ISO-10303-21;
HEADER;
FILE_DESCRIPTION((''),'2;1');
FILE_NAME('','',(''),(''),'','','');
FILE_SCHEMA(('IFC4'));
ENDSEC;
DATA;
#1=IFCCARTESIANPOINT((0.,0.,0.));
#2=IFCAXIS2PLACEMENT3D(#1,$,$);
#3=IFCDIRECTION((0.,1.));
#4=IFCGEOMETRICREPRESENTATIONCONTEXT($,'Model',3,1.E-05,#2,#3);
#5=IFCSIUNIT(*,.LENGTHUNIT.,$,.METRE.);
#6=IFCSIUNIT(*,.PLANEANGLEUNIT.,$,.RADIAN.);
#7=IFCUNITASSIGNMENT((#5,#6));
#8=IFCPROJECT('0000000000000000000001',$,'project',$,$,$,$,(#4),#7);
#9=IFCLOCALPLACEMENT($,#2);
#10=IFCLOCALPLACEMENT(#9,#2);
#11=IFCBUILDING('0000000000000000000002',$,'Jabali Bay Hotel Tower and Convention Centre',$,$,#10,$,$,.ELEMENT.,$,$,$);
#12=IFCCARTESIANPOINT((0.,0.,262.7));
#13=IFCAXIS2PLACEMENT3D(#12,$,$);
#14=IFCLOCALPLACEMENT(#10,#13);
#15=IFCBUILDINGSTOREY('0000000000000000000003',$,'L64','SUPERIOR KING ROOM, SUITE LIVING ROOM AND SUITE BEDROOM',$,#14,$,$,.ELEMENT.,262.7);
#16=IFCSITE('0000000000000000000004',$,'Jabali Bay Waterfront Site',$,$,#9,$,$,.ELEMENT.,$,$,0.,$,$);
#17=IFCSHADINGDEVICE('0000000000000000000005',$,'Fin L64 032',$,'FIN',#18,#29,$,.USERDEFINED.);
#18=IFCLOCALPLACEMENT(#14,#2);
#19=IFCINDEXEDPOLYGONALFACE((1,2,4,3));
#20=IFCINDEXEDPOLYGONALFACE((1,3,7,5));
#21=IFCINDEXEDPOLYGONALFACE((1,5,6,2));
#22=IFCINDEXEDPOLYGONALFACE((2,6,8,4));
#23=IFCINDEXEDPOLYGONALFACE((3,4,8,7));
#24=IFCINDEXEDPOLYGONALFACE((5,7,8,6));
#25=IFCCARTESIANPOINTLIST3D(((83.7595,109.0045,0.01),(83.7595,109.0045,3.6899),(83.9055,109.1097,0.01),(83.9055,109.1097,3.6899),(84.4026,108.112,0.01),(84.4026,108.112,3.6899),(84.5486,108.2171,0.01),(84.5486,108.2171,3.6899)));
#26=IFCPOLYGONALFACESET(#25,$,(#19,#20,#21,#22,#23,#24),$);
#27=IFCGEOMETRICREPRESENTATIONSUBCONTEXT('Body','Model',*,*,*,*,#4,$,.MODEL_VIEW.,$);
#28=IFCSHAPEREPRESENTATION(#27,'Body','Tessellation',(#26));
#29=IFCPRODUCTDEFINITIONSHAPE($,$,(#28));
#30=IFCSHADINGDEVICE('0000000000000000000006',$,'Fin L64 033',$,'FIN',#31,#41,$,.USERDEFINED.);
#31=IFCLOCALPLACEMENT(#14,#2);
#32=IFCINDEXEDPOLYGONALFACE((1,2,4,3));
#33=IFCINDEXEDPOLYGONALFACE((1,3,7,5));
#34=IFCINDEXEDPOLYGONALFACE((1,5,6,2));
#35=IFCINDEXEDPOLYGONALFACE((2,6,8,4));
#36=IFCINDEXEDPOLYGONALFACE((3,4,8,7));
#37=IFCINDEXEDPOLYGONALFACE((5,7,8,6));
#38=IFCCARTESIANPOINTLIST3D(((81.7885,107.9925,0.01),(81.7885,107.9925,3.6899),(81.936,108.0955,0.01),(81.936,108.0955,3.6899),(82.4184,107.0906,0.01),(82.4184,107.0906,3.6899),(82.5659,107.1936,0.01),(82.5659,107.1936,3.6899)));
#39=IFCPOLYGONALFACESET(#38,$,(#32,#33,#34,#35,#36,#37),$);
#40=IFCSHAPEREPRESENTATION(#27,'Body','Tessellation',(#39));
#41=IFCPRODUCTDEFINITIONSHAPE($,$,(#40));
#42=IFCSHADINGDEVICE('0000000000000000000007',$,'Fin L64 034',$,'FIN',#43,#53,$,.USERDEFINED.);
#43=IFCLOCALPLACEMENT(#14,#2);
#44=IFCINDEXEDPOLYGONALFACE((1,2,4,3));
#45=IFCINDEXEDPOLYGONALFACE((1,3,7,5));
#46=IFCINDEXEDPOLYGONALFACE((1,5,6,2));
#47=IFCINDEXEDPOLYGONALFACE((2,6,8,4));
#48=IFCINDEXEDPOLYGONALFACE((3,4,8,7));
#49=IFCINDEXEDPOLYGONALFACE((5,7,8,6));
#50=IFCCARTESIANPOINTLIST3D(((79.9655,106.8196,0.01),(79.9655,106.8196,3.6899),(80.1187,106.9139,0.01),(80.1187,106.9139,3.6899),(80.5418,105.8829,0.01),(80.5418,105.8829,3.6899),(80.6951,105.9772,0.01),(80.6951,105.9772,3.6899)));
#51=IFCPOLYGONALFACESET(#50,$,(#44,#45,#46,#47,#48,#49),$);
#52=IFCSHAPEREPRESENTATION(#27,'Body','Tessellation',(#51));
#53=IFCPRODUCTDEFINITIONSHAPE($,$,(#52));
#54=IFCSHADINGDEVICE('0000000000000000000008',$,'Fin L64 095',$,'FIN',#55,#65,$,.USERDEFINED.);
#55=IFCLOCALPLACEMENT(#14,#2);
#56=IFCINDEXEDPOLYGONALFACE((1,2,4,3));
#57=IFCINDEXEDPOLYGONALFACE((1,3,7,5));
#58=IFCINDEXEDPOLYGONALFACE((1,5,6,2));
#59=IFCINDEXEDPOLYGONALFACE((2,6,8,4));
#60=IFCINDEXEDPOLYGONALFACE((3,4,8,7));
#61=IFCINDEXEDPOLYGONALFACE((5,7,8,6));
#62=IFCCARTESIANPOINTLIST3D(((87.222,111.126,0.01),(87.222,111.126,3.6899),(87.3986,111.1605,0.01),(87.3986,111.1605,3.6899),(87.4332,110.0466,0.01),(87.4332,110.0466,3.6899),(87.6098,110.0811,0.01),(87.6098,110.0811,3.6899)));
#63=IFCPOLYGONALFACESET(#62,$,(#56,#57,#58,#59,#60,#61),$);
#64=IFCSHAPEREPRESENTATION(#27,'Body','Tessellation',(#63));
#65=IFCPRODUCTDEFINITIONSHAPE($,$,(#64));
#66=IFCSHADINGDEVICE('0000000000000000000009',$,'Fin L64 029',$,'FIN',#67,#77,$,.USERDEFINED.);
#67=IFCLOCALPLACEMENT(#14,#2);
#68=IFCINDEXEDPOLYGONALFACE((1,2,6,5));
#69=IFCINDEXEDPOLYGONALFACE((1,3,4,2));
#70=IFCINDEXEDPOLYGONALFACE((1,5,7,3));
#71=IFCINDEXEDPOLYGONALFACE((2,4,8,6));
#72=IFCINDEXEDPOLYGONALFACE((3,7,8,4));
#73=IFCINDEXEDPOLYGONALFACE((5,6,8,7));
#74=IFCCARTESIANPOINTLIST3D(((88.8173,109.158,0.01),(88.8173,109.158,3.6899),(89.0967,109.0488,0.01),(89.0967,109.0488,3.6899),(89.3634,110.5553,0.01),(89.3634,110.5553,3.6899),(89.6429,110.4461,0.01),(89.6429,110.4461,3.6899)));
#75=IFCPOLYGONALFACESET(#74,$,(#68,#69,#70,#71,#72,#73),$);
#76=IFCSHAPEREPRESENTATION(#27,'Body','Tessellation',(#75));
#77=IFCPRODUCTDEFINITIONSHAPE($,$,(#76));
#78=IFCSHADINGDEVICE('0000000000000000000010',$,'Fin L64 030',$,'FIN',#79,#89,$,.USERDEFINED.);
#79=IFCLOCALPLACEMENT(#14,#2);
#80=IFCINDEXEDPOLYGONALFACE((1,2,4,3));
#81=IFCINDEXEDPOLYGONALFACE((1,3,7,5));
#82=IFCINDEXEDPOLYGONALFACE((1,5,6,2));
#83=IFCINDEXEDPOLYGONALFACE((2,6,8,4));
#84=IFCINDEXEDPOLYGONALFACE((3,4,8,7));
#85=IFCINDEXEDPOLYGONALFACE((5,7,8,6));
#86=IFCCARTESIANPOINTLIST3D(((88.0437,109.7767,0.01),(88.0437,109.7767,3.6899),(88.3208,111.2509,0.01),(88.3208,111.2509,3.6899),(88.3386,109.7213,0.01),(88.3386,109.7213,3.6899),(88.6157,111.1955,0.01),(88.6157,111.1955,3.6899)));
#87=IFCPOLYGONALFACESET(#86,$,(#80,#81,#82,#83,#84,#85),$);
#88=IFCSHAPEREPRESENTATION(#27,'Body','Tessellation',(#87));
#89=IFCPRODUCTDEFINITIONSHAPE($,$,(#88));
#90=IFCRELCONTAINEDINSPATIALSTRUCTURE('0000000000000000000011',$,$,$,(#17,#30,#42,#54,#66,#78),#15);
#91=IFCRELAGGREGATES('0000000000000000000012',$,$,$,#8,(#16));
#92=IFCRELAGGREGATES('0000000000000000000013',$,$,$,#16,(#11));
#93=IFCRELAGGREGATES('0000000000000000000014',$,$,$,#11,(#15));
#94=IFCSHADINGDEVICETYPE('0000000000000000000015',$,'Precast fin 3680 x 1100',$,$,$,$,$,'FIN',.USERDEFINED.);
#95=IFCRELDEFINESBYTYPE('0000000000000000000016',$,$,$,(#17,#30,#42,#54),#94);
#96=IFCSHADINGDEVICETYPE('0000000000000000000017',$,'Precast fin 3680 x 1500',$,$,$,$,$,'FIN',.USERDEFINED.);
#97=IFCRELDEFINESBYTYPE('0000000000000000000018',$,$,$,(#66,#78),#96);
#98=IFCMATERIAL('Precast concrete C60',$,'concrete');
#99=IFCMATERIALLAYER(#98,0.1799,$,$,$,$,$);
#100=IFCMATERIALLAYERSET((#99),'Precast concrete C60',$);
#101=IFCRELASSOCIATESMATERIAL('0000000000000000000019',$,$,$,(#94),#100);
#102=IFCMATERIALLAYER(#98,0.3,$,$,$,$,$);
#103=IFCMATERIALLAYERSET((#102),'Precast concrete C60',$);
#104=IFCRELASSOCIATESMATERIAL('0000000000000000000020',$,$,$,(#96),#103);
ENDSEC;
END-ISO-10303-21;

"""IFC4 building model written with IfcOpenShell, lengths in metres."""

from ifc_helpers import new_model, si_unit, direction, frame, frame_2d, origin, place, context, subcontext, project, spatial, rectangle, extrude, material, layer, layer_set, type_object, element, save


model = new_model("IFC4")

# Units and contexts
model_context = context("Model", 3, precision=1e-05, world=origin(), true_north=direction((0.0, 1.0)))
body_context = subcontext(model_context, "Body", "Model", "MODEL_VIEW")
ifc_project = project(units=[si_unit("LENGTHUNIT", "METRE"), si_unit("PLANEANGLEUNIT", "RADIAN")], contexts=[model_context])

# Site, building, storey
site_placement = place(None, origin())
site = spatial("IfcSite", under=ifc_project, at=site_placement, Name="Jabali Bay Waterfront Site", CompositionType="ELEMENT", RefElevation=0.0)
building_placement = place(site_placement, origin())
building = spatial("IfcBuilding", under=site, at=building_placement, Name="Jabali Bay Hotel Tower and Convention Centre", CompositionType="ELEMENT")
storey_placement = place(building_placement, frame((0.0, 0.0, 262.7)))
storey = spatial("IfcBuildingStorey", under=building, at=storey_placement, Name="L64", Description="SUPERIOR KING ROOM, SUITE LIVING ROOM AND SUITE BEDROOM", CompositionType="ELEMENT", Elevation=262.7)

# Shading devices
ifc_material_1 = material(Name="Precast concrete C60", Category="concrete")
ifc_layer_1 = layer(ifc_material_1, 0.1799)
ifc_layer_set_1 = layer_set([ifc_layer_1], Name="Precast concrete C60")
shading_device_type_1 = type_object("IfcShadingDeviceType", Name="Precast fin 3680 x 1100", ElementType="FIN", PredefinedType="USERDEFINED", material=ifc_layer_set_1)
for number, where, z_axis, x_axis, name in (
    (1, (84.4756, 108.1646, 0.01), (0.0, 0.0, 1.0), (-0.58455, 0.811358, 0.0), "Fin L64 032"),
    (2, (82.4922, 107.1421, 0.01), (0.0, 0.0, 1.0), (-0.572598, 0.819836, 0.0), "Fin L64 033"),
):
    element("IfcShadingDevice", number, at=place(storey_placement, frame(where, z_axis=z_axis, x_axis=x_axis)), inside=storey, type_object=shading_device_type_1, Name=name, ObjectType="FIN", PredefinedType="USERDEFINED", context=body_context, shape_type="SweptSolid", body=[
        extrude(rectangle(XDim=1.1001, YDim=0.1799, at=frame_2d((0.55, 0.0))), origin(), (0.0, 0.0, 1.0), 3.6799),
    ])
for number, where, z_axis, x_axis, name in (
    (3, (80.6184, 105.9302, 0.01), (0.0, 0.0, 1.0), (-0.52406, 0.851681, 0.0), "Fin L64 034"),
    (4, (87.5215, 110.064, 0.01), (0.0, 0.0, 1.0), (-0.192016, 0.981392, 0.0), "Fin L64 095"),
):
    element("IfcShadingDevice", number, at=place(storey_placement, frame(where, z_axis=z_axis, x_axis=x_axis)), inside=storey, type_object=shading_device_type_1, Name=name, ObjectType="FIN", PredefinedType="USERDEFINED", context=body_context, shape_type="SweptSolid", body=[
        extrude(rectangle(XDim=1.0999, YDim=0.1799, at=frame_2d((0.5498, 0.0))), origin(), (0.0, 0.0, 1.0), 3.6799),
    ])
ifc_layer_2 = layer(ifc_material_1, 0.3)
ifc_layer_set_2 = layer_set([ifc_layer_2], Name="Precast concrete C60")
shading_device_type_2 = type_object("IfcShadingDeviceType", Name="Precast fin 3680 x 1500", ElementType="FIN", PredefinedType="USERDEFINED", material=ifc_layer_set_2)
shading_device_1_placement = place(storey_placement, frame((88.957, 109.1035, 0.01), z_axis=(0.0, 0.0, 1.0), x_axis=(0.364056, 0.931377, 0.0)))
element("IfcShadingDevice", 5, at=shading_device_1_placement, inside=storey, type_object=shading_device_type_2, Name="Fin L64 029", ObjectType="FIN", PredefinedType="USERDEFINED", context=body_context, shape_type="SweptSolid", body=[
    extrude(rectangle(XDim=1.5002, YDim=0.3, at=frame_2d((0.75, 0.0))), origin(), (0.0, 0.0, 1.0), 3.6799),
])
shading_device_2_placement = place(storey_placement, frame((88.1912, 109.749, 0.01), z_axis=(0.0, 0.0, 1.0), x_axis=(0.184741, 0.982787, 0.0)))
element("IfcShadingDevice", 6, at=shading_device_2_placement, inside=storey, type_object=shading_device_type_2, Name="Fin L64 030", ObjectType="FIN", PredefinedType="USERDEFINED", context=body_context, shape_type="SweptSolid", body=[
    extrude(rectangle(XDim=1.5, YDim=0.3, at=frame_2d((0.75, 0.0))), origin(), (0.0, 0.0, 1.0), 3.6799),
])

save(model, "model.ifc")
